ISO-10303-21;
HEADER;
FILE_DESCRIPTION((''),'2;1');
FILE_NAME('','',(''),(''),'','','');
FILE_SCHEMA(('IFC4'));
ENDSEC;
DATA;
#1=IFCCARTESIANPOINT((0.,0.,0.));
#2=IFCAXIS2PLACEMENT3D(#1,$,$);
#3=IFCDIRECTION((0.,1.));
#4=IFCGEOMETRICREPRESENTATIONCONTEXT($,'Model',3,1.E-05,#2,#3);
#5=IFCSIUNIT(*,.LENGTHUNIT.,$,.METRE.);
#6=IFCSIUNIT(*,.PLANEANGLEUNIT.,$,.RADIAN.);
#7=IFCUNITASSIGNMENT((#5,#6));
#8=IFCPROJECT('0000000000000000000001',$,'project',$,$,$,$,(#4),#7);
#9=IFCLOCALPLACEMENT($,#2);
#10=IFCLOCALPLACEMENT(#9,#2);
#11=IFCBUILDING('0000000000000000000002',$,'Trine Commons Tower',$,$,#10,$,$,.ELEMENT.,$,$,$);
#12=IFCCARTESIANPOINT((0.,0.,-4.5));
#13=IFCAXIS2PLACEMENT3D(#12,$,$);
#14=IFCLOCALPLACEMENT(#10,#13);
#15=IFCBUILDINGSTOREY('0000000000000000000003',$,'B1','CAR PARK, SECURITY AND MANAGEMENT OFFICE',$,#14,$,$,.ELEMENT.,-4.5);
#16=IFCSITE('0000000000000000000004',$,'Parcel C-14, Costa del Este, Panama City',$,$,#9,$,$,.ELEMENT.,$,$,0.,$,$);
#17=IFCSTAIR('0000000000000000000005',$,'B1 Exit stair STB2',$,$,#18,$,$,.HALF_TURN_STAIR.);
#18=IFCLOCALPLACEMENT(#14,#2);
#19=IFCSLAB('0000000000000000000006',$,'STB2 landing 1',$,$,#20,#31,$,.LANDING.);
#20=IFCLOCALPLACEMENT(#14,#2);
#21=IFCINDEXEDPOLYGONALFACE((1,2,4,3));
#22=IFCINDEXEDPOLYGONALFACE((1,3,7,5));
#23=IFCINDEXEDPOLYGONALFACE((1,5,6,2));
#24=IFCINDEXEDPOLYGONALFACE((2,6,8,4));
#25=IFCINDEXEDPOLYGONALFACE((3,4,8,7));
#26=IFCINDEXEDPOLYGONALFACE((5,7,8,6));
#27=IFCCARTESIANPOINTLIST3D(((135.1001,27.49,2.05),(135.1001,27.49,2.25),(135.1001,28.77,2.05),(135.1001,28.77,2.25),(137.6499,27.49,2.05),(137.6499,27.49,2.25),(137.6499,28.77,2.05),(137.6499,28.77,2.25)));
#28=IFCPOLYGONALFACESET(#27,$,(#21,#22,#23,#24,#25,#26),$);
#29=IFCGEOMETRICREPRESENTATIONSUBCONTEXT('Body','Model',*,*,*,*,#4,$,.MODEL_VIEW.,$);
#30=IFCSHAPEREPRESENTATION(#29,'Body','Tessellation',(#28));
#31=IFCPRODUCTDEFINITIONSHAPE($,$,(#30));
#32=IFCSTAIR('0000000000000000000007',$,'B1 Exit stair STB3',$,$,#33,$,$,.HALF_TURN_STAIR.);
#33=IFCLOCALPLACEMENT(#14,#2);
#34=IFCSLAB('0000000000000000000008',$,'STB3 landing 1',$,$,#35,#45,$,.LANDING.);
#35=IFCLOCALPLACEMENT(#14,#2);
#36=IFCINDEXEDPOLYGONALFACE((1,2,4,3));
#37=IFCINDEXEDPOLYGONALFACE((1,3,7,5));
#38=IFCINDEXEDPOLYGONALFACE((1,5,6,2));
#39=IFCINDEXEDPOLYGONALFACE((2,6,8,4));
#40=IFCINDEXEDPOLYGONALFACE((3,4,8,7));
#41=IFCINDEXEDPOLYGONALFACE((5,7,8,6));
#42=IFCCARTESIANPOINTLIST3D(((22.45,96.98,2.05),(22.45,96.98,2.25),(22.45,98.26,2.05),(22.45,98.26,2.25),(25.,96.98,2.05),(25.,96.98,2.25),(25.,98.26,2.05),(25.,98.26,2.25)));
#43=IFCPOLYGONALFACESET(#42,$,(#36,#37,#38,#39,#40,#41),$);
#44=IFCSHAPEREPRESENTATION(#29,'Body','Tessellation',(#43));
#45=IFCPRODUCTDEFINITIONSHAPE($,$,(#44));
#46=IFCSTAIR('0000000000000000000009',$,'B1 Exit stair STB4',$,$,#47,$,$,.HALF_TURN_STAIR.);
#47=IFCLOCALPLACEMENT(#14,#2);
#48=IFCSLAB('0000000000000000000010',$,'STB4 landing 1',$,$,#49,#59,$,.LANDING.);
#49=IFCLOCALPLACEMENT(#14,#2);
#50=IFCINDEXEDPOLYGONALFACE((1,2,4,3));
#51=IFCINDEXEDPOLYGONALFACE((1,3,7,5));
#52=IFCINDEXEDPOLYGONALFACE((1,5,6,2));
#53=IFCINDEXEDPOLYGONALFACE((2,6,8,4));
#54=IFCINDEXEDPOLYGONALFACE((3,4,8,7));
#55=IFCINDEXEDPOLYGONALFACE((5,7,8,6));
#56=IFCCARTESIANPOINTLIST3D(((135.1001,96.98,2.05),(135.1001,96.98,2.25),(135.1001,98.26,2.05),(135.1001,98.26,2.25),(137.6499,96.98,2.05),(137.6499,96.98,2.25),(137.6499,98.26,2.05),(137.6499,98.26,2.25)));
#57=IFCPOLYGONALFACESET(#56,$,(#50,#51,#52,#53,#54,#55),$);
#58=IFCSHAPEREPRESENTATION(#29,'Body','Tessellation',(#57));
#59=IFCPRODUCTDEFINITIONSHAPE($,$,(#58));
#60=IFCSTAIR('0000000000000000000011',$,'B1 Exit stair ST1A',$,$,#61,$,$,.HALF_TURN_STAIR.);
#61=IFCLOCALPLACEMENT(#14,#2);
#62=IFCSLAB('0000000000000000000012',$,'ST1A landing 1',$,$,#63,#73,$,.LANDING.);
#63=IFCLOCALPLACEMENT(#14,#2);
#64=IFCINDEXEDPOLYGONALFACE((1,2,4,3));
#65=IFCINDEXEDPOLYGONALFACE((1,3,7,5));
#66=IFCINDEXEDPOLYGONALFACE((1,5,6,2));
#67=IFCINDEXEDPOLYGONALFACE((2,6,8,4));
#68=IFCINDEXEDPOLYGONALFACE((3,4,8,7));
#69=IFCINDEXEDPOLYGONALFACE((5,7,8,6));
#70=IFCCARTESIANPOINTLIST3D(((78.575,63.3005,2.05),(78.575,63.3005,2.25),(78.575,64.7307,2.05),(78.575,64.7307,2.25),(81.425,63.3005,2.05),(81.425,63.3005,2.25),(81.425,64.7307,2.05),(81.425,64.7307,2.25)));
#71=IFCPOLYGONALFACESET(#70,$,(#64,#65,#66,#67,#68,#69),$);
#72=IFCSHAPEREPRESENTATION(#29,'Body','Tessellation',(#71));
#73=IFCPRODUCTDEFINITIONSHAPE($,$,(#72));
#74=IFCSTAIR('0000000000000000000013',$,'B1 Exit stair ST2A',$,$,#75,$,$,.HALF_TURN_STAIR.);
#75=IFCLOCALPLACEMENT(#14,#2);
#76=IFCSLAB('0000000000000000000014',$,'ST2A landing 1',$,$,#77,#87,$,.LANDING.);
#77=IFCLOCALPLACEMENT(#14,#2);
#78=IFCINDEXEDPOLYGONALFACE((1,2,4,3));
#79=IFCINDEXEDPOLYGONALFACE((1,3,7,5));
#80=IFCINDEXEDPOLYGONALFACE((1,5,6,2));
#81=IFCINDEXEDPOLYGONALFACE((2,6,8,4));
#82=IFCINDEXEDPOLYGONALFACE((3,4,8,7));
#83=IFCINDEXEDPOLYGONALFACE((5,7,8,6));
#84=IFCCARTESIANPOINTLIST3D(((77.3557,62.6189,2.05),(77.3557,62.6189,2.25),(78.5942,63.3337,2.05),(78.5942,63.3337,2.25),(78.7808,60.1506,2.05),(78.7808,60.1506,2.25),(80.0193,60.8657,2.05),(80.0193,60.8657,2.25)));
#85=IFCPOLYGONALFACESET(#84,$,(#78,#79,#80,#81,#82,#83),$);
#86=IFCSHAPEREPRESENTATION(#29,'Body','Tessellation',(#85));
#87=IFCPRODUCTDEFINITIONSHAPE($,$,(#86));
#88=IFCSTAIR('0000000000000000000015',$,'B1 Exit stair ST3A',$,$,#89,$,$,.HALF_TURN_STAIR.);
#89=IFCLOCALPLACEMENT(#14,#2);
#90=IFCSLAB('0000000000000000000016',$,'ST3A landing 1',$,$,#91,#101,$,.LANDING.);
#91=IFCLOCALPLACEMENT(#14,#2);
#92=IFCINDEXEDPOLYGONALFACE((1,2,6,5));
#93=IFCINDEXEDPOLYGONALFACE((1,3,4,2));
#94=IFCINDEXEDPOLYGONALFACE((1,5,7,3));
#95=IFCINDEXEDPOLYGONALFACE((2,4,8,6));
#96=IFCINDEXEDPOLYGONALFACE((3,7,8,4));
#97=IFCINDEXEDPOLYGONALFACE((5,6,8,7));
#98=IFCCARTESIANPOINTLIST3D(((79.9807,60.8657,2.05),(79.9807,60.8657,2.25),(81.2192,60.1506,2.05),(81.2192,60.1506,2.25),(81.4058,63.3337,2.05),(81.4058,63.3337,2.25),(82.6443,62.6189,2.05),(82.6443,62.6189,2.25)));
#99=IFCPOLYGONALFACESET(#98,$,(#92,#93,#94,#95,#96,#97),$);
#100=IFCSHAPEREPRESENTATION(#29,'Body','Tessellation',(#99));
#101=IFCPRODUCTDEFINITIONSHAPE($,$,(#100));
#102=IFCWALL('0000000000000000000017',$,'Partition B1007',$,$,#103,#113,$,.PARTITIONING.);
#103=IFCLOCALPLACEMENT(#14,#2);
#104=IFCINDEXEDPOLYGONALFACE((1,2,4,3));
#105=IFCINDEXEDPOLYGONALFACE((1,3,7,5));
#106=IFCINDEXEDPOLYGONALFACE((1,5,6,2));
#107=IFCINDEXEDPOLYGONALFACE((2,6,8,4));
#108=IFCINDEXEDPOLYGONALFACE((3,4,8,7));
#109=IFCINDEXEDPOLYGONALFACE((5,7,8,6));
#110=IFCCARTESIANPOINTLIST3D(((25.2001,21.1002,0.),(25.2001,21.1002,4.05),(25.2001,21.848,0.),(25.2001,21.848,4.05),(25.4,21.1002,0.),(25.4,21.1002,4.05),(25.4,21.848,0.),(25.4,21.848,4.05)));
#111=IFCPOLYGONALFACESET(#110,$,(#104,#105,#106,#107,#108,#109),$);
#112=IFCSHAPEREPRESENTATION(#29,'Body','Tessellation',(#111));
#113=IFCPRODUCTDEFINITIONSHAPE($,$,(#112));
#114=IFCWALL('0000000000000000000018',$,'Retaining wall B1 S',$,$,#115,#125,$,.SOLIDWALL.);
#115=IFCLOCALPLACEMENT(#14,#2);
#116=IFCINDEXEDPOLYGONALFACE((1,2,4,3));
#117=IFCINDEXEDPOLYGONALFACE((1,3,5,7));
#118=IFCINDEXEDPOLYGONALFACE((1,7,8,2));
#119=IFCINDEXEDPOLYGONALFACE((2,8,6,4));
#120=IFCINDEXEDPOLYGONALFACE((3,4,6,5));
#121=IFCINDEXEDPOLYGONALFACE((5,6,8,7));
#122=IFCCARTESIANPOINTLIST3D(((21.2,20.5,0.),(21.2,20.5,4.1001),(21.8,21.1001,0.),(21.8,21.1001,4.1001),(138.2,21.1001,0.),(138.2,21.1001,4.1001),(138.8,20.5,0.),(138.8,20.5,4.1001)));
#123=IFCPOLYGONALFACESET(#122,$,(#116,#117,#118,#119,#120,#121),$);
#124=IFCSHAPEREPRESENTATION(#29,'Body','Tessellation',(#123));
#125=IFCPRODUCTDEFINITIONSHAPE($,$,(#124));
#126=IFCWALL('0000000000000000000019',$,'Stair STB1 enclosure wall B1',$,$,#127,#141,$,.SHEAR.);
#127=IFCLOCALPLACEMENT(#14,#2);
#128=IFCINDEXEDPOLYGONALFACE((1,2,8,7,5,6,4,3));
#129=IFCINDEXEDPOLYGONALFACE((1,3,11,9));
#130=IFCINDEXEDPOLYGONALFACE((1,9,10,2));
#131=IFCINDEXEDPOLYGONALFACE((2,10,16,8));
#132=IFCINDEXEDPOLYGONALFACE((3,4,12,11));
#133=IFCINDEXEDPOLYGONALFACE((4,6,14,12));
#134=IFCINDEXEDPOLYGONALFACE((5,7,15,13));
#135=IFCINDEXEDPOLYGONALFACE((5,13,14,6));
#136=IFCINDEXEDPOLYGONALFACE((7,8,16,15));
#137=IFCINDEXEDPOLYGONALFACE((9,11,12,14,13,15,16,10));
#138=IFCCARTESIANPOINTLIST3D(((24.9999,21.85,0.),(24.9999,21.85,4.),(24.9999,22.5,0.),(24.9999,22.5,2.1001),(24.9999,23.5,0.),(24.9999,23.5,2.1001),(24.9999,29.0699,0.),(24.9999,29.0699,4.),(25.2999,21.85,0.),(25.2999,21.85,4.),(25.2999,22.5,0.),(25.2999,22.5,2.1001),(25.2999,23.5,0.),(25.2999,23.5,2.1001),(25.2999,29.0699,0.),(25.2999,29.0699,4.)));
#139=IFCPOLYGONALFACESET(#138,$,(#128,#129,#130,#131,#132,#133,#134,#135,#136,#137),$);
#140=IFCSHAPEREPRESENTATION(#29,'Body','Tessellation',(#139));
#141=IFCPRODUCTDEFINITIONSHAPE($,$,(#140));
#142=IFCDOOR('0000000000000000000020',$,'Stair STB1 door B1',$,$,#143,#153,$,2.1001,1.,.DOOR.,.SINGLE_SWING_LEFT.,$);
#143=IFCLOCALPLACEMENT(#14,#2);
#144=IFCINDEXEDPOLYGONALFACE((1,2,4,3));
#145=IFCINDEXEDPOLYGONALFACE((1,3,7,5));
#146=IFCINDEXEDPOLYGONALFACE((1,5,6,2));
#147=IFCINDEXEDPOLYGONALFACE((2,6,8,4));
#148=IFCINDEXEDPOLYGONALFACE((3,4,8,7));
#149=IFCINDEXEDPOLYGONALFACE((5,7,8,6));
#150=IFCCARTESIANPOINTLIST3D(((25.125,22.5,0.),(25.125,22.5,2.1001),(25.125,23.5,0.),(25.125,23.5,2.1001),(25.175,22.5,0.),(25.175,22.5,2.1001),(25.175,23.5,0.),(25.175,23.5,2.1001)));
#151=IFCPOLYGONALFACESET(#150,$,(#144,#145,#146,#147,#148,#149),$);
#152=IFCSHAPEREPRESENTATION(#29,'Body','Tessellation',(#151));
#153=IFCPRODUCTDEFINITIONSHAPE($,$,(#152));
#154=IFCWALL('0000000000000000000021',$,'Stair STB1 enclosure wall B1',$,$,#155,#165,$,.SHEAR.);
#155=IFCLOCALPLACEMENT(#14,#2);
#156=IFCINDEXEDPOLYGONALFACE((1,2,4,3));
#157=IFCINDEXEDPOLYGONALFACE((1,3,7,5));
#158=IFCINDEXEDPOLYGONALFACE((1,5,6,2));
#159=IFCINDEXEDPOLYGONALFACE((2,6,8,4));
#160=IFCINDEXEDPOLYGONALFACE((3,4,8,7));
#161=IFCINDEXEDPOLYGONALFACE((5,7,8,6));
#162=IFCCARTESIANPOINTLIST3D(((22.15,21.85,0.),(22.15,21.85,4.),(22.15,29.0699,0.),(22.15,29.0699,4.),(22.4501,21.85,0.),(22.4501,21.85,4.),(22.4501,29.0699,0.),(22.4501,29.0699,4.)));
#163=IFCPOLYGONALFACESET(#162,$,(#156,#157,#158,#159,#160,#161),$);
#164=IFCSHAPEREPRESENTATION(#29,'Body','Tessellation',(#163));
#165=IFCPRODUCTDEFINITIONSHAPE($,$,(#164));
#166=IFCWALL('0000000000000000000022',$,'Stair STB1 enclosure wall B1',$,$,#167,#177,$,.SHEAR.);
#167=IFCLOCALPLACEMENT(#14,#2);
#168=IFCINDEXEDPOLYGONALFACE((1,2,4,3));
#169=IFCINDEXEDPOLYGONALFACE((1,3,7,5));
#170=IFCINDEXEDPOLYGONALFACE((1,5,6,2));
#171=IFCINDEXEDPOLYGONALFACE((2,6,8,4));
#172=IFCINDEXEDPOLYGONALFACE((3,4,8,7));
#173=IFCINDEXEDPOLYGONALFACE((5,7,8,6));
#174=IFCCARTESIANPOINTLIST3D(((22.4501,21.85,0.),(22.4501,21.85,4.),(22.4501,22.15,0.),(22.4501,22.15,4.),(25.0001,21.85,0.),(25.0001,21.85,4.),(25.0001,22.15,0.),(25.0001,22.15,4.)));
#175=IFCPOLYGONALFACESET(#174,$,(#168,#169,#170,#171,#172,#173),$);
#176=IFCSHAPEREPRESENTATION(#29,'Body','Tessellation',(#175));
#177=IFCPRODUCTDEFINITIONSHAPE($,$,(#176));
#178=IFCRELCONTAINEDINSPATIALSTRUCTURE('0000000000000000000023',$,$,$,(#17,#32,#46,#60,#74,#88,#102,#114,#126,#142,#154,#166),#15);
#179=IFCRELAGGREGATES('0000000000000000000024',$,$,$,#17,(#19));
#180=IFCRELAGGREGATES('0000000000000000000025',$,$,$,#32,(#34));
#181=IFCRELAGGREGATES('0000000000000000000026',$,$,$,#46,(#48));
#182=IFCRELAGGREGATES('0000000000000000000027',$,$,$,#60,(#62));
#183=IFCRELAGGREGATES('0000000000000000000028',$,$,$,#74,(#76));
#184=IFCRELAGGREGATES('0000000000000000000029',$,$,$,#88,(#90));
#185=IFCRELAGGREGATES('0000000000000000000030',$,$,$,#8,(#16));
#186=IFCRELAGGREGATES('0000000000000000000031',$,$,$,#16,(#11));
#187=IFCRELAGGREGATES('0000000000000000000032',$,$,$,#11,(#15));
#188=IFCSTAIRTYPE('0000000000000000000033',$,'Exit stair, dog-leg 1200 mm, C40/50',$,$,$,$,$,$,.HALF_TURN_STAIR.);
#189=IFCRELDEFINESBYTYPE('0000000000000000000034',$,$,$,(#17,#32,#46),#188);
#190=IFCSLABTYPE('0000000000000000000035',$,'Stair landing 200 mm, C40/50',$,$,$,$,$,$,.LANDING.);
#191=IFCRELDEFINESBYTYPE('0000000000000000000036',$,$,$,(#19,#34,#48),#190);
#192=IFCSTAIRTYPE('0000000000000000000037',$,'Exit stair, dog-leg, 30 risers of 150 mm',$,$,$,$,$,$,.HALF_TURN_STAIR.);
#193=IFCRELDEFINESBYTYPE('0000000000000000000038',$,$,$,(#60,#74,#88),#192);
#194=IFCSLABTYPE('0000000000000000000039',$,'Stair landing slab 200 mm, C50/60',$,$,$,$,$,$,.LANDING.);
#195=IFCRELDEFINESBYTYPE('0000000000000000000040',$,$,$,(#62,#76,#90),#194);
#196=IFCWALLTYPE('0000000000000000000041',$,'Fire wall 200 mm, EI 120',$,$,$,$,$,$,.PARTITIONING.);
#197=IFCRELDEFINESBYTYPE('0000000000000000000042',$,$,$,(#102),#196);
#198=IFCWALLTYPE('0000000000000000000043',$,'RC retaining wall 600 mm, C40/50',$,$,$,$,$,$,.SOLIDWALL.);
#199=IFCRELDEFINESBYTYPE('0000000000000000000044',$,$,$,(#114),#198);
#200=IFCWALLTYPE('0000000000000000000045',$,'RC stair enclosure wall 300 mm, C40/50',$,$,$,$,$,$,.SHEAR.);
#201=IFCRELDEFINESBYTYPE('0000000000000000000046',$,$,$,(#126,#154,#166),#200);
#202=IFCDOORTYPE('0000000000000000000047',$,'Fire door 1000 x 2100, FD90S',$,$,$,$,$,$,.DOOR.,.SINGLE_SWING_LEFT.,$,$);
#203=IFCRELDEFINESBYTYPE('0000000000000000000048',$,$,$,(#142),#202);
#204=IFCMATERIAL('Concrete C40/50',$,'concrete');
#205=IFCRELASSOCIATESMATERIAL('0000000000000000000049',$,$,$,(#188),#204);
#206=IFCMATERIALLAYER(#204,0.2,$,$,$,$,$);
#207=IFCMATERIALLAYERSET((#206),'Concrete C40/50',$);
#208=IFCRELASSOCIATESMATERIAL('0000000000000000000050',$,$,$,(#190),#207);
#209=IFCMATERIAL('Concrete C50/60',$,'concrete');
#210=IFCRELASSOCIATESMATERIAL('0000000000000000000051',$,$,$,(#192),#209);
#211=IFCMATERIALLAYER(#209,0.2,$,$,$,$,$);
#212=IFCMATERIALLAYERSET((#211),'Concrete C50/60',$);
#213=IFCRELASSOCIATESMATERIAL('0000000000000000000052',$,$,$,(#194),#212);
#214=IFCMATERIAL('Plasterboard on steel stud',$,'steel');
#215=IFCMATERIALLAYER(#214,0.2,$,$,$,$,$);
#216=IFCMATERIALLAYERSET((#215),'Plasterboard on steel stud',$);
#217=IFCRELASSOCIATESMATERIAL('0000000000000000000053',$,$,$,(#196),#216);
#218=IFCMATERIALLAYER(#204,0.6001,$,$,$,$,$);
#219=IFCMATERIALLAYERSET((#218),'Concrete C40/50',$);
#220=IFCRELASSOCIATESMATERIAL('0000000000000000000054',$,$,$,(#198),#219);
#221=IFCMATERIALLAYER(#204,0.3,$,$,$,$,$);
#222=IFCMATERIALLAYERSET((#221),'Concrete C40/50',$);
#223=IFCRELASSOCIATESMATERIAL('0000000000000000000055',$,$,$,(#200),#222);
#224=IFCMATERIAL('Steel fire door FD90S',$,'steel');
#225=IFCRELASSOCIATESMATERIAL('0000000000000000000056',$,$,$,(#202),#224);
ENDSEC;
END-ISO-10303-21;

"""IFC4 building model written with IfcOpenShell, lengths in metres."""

from ifc_helpers import new_model, si_unit, direction, frame, frame_2d, origin, place, context, subcontext, project, spatial, polyline, rectangle, outline, extrude, material, layer, layer_set, type_object, element, fill, aggregate, save


model = new_model("IFC4")

# Units and contexts
model_context = context("Model", 3, precision=1e-05, world=origin(), true_north=direction((0.0, 1.0)))
body_context = subcontext(model_context, "Body", "Model", "MODEL_VIEW")
ifc_project = project(units=[si_unit("LENGTHUNIT", "METRE"), si_unit("PLANEANGLEUNIT", "RADIAN")], contexts=[model_context])

# Site, building, storey
site_placement = place(None, origin())
site = spatial("IfcSite", under=ifc_project, at=site_placement, Name="Parcel C-14, Costa del Este, Panama City", CompositionType="ELEMENT", RefElevation=0.0)
building_placement = place(site_placement, origin())
building = spatial("IfcBuilding", under=site, at=building_placement, Name="Trine Commons Tower", CompositionType="ELEMENT")
storey_placement = place(building_placement, frame((0.0, 0.0, -4.5)))
storey = spatial("IfcBuildingStorey", under=building, at=storey_placement, Name="B1", Description="CAR PARK, SECURITY AND MANAGEMENT OFFICE", CompositionType="ELEMENT", Elevation=-4.5)

# Shared definitions
ifc_material_1 = material(Name="Concrete C40/50", Category="concrete")

# Shared definitions
ifc_material_2 = material(Name="Concrete C50/60", Category="concrete")

# Stairs, slabs
stair_type_1 = type_object("IfcStairType", Name="Exit stair, dog-leg 1200 mm, C40/50", PredefinedType="HALF_TURN_STAIR", material=ifc_material_1)
ifc_layer_1 = layer(ifc_material_1, 0.2)
ifc_layer_set_1 = layer_set([ifc_layer_1], Name="Concrete C40/50")
slab_type_1 = type_object("IfcSlabType", Name="Stair landing 200 mm, C40/50", PredefinedType="LANDING", material=ifc_layer_set_1)
stair_1_placement = place(storey_placement, origin())
stair_1 = element("IfcStair", 1, at=stair_1_placement, inside=storey, type_object=stair_type_1, Name="B1 Exit stair STB2", PredefinedType="HALF_TURN_STAIR")
slab_1_placement = place(storey_placement, frame((0.0, 0.0, 2.05)))
slab_1 = element("IfcSlab", 2, at=slab_1_placement, type_object=slab_type_1, Name="STB2 landing 1", PredefinedType="LANDING", context=body_context, shape_type="SweptSolid", body=[
    extrude(outline(polyline([(137.6499, 27.49), (137.6499, 28.77), (135.1001, 28.77), (135.1001, 27.49), (137.6499, 27.49)])), origin(), (0.0, 0.0, 1.0), 0.2),
])
aggregate(stair_1, [slab_1])
stair_2_placement = place(storey_placement, origin())
stair_2 = element("IfcStair", 3, at=stair_2_placement, inside=storey, type_object=stair_type_1, Name="B1 Exit stair STB3", PredefinedType="HALF_TURN_STAIR")
slab_2_placement = place(storey_placement, frame((0.0, 0.0, 2.05)))
slab_2 = element("IfcSlab", 4, at=slab_2_placement, type_object=slab_type_1, Name="STB3 landing 1", PredefinedType="LANDING", context=body_context, shape_type="SweptSolid", body=[
    extrude(outline(polyline([(22.45, 98.26), (22.45, 96.98), (25.0, 96.98), (25.0, 98.26), (22.45, 98.26)])), origin(), (0.0, 0.0, 1.0), 0.2),
])
aggregate(stair_2, [slab_2])
stair_3_placement = place(storey_placement, origin())
stair_3 = element("IfcStair", 5, at=stair_3_placement, inside=storey, type_object=stair_type_1, Name="B1 Exit stair STB4", PredefinedType="HALF_TURN_STAIR")
slab_3_placement = place(storey_placement, frame((0.0, 0.0, 2.05)))
slab_3 = element("IfcSlab", 6, at=slab_3_placement, type_object=slab_type_1, Name="STB4 landing 1", PredefinedType="LANDING", context=body_context, shape_type="SweptSolid", body=[
    extrude(outline(polyline([(135.1001, 98.26), (135.1001, 96.98), (137.6499, 96.98), (137.6499, 98.26), (135.1001, 98.26)])), origin(), (0.0, 0.0, 1.0), 0.2),
])
aggregate(stair_3, [slab_3])
stair_type_2 = type_object("IfcStairType", Name="Exit stair, dog-leg, 30 risers of 150 mm", PredefinedType="HALF_TURN_STAIR", material=ifc_material_2)
stair_4_placement = place(storey_placement, origin())
stair_4 = element("IfcStair", 7, at=stair_4_placement, inside=storey, type_object=stair_type_2, Name="B1 Exit stair ST1A", PredefinedType="HALF_TURN_STAIR")
ifc_layer_2 = layer(ifc_material_2, 0.2)
ifc_layer_set_2 = layer_set([ifc_layer_2], Name="Concrete C50/60")
slab_type_2 = type_object("IfcSlabType", Name="Stair landing slab 200 mm, C50/60", PredefinedType="LANDING", material=ifc_layer_set_2)
slab_4_placement = place(storey_placement, frame((0.0, 0.0, 2.05)))
slab_4 = element("IfcSlab", 8, at=slab_4_placement, type_object=slab_type_2, Name="ST1A landing 1", PredefinedType="LANDING", context=body_context, shape_type="SweptSolid", body=[
    extrude(outline(polyline([(78.575, 64.7307), (78.575, 63.3005), (81.425, 63.3005), (81.425, 64.7307), (78.575, 64.7307)])), origin(), (0.0, 0.0, 1.0), 0.2),
])
aggregate(stair_4, [slab_4])
stair_5_placement = place(storey_placement, origin())
stair_5 = element("IfcStair", 9, at=stair_5_placement, inside=storey, type_object=stair_type_2, Name="B1 Exit stair ST2A", PredefinedType="HALF_TURN_STAIR")
slab_5_placement = place(storey_placement, frame((0.0, 0.0, 2.05)))
slab_5 = element("IfcSlab", 10, at=slab_5_placement, type_object=slab_type_2, Name="ST2A landing 1", PredefinedType="LANDING", context=body_context, shape_type="SweptSolid", body=[
    extrude(outline(polyline([(78.7808, 60.1506), (80.0193, 60.8657), (78.5942, 63.3337), (77.3557, 62.6189), (78.7808, 60.1506)])), origin(), (0.0, 0.0, 1.0), 0.2),
])
aggregate(stair_5, [slab_5])
stair_6_placement = place(storey_placement, origin())
stair_6 = element("IfcStair", 11, at=stair_6_placement, inside=storey, type_object=stair_type_2, Name="B1 Exit stair ST3A", PredefinedType="HALF_TURN_STAIR")
slab_6_placement = place(storey_placement, frame((0.0, 0.0, 2.05)))
slab_6 = element("IfcSlab", 12, at=slab_6_placement, type_object=slab_type_2, Name="ST3A landing 1", PredefinedType="LANDING", context=body_context, shape_type="SweptSolid", body=[
    extrude(outline(polyline([(82.6443, 62.6189), (81.4058, 63.3337), (79.9807, 60.8657), (81.2192, 60.1506), (82.6443, 62.6189)])), origin(), (0.0, 0.0, 1.0), 0.2),
])
aggregate(stair_6, [slab_6])

# Walls
ifc_material_3 = material(Name="Plasterboard on steel stud", Category="steel")
ifc_layer_3 = layer(ifc_material_3, 0.2)
ifc_layer_set_3 = layer_set([ifc_layer_3], Name="Plasterboard on steel stud")
wall_type_1 = type_object("IfcWallType", Name="Fire wall 200 mm, EI 120", PredefinedType="PARTITIONING", material=ifc_layer_set_3)
wall_1_placement = place(storey_placement, frame((25.3, 21.1001, 0.0), z_axis=(0.0, 0.0, 1.0), x_axis=(0.0, 1.0, 0.0)))
element("IfcWall", 13, at=wall_1_placement, inside=storey, type_object=wall_type_1, Name="Partition B1007", PredefinedType="PARTITIONING", context=body_context, shape_type="SweptSolid", body=[
    extrude(rectangle(XDim=0.7478, YDim=0.2, at=frame_2d((0.374, 0.0))), origin(), (0.0, 0.0, 1.0), 4.05),
])
ifc_layer_4 = layer(ifc_material_1, 0.6001)
ifc_layer_set_4 = layer_set([ifc_layer_4], Name="Concrete C40/50")
wall_type_2 = type_object("IfcWallType", Name="RC retaining wall 600 mm, C40/50", PredefinedType="SOLIDWALL", material=ifc_layer_set_4)
wall_2_placement = place(storey_placement, frame((21.5, 20.8, 0.0), z_axis=(0.0, 0.0, 1.0), x_axis=(1.0, 0.0, 0.0)))
element("IfcWall", 14, at=wall_2_placement, inside=storey, type_object=wall_type_2, Name="Retaining wall B1 S", PredefinedType="SOLIDWALL", context=body_context, shape_type="SweptSolid", body=[
    extrude(outline(polyline([(-0.3, -0.3), (117.3, -0.3), (116.7, 0.3), (0.3, 0.3), (-0.3, -0.3)])), origin(), (0.0, 0.0, 1.0), 4.1001),
])

# Wall, opening, door
ifc_layer_5 = layer(ifc_material_1, 0.3)
ifc_layer_set_5 = layer_set([ifc_layer_5], Name="Concrete C40/50")
wall_type_3 = type_object("IfcWallType", Name="RC stair enclosure wall 300 mm, C40/50", PredefinedType="SHEAR", material=ifc_layer_set_5)
wall_3_placement = place(storey_placement, frame((25.1499, 21.8501, 0.0), z_axis=(0.0, 0.0, 1.0), x_axis=(0.0, 1.0, 0.0)))
wall_3 = element("IfcWall", 15, at=wall_3_placement, inside=storey, type_object=wall_type_3, Name="Stair STB1 enclosure wall B1", PredefinedType="SHEAR", context=body_context, shape_type="SweptSolid", body=[
    extrude(rectangle(XDim=7.22, YDim=0.3, at=frame_2d((3.6099, 0.0))), origin(), (0.0, 0.0, 1.0), 4.0),
])
opening_placement = place(wall_3_placement, frame((0.6499, 0.0, 0.0)))
opening = element("IfcOpeningElement", 16, at=opening_placement, cuts=wall_3, PredefinedType="OPENING", context=body_context, shape_type="SweptSolid", body=[
    extrude(rectangle(XDim=1.0, YDim=2.1001, at=frame_2d((0.5, 1.05))), frame((0.0, 0.1599, 0.0), z_axis=(0.0, -1.0, 0.0), x_axis=(1.0, 0.0, 0.0)), (0.0, 0.0, 1.0), 0.3201),
])
ifc_material_4 = material(Name="Steel fire door FD90S", Category="steel")
door_type = type_object("IfcDoorType", Name="Fire door 1000 x 2100, FD90S", OperationType="SINGLE_SWING_LEFT", PredefinedType="DOOR", material=ifc_material_4)
door_placement = place(opening_placement, origin())
door = element("IfcDoor", 17, at=door_placement, inside=storey, type_object=door_type, Name="Stair STB1 door B1", OperationType="SINGLE_SWING_LEFT", OverallHeight=2.1001, OverallWidth=1.0, PredefinedType="DOOR", context=body_context, shape_type="SweptSolid", body=[
    extrude(rectangle(XDim=1.0, YDim=2.1001, at=frame_2d((0.5, 1.05))), frame((0.0, 0.0249, 0.0), z_axis=(0.0, -1.0, 0.0), x_axis=(1.0, 0.0, 0.0)), (0.0, 0.0, 1.0), 0.05),
])
fill(opening, door)

# Walls
wall_4_placement = place(storey_placement, frame((22.3, 21.8501, 0.0), z_axis=(0.0, 0.0, 1.0), x_axis=(0.0, 1.0, 0.0)))
element("IfcWall", 18, at=wall_4_placement, inside=storey, type_object=wall_type_3, Name="Stair STB1 enclosure wall B1", PredefinedType="SHEAR", context=body_context, shape_type="SweptSolid", body=[
    extrude(rectangle(XDim=7.22, YDim=0.3, at=frame_2d((3.6099, 0.0))), origin(), (0.0, 0.0, 1.0), 4.0),
])
wall_5_placement = place(storey_placement, frame((25.0, 22.0, 0.0), z_axis=(0.0, 0.0, 1.0), x_axis=(-1.0, 0.0, 0.0)))
element("IfcWall", 19, at=wall_5_placement, inside=storey, type_object=wall_type_3, Name="Stair STB1 enclosure wall B1", PredefinedType="SHEAR", context=body_context, shape_type="SweptSolid", body=[
    extrude(rectangle(XDim=2.55, YDim=0.3, at=frame_2d((1.2749, 0.0))), origin(), (0.0, 0.0, 1.0), 4.0),
])

save(model, "model.ifc")
